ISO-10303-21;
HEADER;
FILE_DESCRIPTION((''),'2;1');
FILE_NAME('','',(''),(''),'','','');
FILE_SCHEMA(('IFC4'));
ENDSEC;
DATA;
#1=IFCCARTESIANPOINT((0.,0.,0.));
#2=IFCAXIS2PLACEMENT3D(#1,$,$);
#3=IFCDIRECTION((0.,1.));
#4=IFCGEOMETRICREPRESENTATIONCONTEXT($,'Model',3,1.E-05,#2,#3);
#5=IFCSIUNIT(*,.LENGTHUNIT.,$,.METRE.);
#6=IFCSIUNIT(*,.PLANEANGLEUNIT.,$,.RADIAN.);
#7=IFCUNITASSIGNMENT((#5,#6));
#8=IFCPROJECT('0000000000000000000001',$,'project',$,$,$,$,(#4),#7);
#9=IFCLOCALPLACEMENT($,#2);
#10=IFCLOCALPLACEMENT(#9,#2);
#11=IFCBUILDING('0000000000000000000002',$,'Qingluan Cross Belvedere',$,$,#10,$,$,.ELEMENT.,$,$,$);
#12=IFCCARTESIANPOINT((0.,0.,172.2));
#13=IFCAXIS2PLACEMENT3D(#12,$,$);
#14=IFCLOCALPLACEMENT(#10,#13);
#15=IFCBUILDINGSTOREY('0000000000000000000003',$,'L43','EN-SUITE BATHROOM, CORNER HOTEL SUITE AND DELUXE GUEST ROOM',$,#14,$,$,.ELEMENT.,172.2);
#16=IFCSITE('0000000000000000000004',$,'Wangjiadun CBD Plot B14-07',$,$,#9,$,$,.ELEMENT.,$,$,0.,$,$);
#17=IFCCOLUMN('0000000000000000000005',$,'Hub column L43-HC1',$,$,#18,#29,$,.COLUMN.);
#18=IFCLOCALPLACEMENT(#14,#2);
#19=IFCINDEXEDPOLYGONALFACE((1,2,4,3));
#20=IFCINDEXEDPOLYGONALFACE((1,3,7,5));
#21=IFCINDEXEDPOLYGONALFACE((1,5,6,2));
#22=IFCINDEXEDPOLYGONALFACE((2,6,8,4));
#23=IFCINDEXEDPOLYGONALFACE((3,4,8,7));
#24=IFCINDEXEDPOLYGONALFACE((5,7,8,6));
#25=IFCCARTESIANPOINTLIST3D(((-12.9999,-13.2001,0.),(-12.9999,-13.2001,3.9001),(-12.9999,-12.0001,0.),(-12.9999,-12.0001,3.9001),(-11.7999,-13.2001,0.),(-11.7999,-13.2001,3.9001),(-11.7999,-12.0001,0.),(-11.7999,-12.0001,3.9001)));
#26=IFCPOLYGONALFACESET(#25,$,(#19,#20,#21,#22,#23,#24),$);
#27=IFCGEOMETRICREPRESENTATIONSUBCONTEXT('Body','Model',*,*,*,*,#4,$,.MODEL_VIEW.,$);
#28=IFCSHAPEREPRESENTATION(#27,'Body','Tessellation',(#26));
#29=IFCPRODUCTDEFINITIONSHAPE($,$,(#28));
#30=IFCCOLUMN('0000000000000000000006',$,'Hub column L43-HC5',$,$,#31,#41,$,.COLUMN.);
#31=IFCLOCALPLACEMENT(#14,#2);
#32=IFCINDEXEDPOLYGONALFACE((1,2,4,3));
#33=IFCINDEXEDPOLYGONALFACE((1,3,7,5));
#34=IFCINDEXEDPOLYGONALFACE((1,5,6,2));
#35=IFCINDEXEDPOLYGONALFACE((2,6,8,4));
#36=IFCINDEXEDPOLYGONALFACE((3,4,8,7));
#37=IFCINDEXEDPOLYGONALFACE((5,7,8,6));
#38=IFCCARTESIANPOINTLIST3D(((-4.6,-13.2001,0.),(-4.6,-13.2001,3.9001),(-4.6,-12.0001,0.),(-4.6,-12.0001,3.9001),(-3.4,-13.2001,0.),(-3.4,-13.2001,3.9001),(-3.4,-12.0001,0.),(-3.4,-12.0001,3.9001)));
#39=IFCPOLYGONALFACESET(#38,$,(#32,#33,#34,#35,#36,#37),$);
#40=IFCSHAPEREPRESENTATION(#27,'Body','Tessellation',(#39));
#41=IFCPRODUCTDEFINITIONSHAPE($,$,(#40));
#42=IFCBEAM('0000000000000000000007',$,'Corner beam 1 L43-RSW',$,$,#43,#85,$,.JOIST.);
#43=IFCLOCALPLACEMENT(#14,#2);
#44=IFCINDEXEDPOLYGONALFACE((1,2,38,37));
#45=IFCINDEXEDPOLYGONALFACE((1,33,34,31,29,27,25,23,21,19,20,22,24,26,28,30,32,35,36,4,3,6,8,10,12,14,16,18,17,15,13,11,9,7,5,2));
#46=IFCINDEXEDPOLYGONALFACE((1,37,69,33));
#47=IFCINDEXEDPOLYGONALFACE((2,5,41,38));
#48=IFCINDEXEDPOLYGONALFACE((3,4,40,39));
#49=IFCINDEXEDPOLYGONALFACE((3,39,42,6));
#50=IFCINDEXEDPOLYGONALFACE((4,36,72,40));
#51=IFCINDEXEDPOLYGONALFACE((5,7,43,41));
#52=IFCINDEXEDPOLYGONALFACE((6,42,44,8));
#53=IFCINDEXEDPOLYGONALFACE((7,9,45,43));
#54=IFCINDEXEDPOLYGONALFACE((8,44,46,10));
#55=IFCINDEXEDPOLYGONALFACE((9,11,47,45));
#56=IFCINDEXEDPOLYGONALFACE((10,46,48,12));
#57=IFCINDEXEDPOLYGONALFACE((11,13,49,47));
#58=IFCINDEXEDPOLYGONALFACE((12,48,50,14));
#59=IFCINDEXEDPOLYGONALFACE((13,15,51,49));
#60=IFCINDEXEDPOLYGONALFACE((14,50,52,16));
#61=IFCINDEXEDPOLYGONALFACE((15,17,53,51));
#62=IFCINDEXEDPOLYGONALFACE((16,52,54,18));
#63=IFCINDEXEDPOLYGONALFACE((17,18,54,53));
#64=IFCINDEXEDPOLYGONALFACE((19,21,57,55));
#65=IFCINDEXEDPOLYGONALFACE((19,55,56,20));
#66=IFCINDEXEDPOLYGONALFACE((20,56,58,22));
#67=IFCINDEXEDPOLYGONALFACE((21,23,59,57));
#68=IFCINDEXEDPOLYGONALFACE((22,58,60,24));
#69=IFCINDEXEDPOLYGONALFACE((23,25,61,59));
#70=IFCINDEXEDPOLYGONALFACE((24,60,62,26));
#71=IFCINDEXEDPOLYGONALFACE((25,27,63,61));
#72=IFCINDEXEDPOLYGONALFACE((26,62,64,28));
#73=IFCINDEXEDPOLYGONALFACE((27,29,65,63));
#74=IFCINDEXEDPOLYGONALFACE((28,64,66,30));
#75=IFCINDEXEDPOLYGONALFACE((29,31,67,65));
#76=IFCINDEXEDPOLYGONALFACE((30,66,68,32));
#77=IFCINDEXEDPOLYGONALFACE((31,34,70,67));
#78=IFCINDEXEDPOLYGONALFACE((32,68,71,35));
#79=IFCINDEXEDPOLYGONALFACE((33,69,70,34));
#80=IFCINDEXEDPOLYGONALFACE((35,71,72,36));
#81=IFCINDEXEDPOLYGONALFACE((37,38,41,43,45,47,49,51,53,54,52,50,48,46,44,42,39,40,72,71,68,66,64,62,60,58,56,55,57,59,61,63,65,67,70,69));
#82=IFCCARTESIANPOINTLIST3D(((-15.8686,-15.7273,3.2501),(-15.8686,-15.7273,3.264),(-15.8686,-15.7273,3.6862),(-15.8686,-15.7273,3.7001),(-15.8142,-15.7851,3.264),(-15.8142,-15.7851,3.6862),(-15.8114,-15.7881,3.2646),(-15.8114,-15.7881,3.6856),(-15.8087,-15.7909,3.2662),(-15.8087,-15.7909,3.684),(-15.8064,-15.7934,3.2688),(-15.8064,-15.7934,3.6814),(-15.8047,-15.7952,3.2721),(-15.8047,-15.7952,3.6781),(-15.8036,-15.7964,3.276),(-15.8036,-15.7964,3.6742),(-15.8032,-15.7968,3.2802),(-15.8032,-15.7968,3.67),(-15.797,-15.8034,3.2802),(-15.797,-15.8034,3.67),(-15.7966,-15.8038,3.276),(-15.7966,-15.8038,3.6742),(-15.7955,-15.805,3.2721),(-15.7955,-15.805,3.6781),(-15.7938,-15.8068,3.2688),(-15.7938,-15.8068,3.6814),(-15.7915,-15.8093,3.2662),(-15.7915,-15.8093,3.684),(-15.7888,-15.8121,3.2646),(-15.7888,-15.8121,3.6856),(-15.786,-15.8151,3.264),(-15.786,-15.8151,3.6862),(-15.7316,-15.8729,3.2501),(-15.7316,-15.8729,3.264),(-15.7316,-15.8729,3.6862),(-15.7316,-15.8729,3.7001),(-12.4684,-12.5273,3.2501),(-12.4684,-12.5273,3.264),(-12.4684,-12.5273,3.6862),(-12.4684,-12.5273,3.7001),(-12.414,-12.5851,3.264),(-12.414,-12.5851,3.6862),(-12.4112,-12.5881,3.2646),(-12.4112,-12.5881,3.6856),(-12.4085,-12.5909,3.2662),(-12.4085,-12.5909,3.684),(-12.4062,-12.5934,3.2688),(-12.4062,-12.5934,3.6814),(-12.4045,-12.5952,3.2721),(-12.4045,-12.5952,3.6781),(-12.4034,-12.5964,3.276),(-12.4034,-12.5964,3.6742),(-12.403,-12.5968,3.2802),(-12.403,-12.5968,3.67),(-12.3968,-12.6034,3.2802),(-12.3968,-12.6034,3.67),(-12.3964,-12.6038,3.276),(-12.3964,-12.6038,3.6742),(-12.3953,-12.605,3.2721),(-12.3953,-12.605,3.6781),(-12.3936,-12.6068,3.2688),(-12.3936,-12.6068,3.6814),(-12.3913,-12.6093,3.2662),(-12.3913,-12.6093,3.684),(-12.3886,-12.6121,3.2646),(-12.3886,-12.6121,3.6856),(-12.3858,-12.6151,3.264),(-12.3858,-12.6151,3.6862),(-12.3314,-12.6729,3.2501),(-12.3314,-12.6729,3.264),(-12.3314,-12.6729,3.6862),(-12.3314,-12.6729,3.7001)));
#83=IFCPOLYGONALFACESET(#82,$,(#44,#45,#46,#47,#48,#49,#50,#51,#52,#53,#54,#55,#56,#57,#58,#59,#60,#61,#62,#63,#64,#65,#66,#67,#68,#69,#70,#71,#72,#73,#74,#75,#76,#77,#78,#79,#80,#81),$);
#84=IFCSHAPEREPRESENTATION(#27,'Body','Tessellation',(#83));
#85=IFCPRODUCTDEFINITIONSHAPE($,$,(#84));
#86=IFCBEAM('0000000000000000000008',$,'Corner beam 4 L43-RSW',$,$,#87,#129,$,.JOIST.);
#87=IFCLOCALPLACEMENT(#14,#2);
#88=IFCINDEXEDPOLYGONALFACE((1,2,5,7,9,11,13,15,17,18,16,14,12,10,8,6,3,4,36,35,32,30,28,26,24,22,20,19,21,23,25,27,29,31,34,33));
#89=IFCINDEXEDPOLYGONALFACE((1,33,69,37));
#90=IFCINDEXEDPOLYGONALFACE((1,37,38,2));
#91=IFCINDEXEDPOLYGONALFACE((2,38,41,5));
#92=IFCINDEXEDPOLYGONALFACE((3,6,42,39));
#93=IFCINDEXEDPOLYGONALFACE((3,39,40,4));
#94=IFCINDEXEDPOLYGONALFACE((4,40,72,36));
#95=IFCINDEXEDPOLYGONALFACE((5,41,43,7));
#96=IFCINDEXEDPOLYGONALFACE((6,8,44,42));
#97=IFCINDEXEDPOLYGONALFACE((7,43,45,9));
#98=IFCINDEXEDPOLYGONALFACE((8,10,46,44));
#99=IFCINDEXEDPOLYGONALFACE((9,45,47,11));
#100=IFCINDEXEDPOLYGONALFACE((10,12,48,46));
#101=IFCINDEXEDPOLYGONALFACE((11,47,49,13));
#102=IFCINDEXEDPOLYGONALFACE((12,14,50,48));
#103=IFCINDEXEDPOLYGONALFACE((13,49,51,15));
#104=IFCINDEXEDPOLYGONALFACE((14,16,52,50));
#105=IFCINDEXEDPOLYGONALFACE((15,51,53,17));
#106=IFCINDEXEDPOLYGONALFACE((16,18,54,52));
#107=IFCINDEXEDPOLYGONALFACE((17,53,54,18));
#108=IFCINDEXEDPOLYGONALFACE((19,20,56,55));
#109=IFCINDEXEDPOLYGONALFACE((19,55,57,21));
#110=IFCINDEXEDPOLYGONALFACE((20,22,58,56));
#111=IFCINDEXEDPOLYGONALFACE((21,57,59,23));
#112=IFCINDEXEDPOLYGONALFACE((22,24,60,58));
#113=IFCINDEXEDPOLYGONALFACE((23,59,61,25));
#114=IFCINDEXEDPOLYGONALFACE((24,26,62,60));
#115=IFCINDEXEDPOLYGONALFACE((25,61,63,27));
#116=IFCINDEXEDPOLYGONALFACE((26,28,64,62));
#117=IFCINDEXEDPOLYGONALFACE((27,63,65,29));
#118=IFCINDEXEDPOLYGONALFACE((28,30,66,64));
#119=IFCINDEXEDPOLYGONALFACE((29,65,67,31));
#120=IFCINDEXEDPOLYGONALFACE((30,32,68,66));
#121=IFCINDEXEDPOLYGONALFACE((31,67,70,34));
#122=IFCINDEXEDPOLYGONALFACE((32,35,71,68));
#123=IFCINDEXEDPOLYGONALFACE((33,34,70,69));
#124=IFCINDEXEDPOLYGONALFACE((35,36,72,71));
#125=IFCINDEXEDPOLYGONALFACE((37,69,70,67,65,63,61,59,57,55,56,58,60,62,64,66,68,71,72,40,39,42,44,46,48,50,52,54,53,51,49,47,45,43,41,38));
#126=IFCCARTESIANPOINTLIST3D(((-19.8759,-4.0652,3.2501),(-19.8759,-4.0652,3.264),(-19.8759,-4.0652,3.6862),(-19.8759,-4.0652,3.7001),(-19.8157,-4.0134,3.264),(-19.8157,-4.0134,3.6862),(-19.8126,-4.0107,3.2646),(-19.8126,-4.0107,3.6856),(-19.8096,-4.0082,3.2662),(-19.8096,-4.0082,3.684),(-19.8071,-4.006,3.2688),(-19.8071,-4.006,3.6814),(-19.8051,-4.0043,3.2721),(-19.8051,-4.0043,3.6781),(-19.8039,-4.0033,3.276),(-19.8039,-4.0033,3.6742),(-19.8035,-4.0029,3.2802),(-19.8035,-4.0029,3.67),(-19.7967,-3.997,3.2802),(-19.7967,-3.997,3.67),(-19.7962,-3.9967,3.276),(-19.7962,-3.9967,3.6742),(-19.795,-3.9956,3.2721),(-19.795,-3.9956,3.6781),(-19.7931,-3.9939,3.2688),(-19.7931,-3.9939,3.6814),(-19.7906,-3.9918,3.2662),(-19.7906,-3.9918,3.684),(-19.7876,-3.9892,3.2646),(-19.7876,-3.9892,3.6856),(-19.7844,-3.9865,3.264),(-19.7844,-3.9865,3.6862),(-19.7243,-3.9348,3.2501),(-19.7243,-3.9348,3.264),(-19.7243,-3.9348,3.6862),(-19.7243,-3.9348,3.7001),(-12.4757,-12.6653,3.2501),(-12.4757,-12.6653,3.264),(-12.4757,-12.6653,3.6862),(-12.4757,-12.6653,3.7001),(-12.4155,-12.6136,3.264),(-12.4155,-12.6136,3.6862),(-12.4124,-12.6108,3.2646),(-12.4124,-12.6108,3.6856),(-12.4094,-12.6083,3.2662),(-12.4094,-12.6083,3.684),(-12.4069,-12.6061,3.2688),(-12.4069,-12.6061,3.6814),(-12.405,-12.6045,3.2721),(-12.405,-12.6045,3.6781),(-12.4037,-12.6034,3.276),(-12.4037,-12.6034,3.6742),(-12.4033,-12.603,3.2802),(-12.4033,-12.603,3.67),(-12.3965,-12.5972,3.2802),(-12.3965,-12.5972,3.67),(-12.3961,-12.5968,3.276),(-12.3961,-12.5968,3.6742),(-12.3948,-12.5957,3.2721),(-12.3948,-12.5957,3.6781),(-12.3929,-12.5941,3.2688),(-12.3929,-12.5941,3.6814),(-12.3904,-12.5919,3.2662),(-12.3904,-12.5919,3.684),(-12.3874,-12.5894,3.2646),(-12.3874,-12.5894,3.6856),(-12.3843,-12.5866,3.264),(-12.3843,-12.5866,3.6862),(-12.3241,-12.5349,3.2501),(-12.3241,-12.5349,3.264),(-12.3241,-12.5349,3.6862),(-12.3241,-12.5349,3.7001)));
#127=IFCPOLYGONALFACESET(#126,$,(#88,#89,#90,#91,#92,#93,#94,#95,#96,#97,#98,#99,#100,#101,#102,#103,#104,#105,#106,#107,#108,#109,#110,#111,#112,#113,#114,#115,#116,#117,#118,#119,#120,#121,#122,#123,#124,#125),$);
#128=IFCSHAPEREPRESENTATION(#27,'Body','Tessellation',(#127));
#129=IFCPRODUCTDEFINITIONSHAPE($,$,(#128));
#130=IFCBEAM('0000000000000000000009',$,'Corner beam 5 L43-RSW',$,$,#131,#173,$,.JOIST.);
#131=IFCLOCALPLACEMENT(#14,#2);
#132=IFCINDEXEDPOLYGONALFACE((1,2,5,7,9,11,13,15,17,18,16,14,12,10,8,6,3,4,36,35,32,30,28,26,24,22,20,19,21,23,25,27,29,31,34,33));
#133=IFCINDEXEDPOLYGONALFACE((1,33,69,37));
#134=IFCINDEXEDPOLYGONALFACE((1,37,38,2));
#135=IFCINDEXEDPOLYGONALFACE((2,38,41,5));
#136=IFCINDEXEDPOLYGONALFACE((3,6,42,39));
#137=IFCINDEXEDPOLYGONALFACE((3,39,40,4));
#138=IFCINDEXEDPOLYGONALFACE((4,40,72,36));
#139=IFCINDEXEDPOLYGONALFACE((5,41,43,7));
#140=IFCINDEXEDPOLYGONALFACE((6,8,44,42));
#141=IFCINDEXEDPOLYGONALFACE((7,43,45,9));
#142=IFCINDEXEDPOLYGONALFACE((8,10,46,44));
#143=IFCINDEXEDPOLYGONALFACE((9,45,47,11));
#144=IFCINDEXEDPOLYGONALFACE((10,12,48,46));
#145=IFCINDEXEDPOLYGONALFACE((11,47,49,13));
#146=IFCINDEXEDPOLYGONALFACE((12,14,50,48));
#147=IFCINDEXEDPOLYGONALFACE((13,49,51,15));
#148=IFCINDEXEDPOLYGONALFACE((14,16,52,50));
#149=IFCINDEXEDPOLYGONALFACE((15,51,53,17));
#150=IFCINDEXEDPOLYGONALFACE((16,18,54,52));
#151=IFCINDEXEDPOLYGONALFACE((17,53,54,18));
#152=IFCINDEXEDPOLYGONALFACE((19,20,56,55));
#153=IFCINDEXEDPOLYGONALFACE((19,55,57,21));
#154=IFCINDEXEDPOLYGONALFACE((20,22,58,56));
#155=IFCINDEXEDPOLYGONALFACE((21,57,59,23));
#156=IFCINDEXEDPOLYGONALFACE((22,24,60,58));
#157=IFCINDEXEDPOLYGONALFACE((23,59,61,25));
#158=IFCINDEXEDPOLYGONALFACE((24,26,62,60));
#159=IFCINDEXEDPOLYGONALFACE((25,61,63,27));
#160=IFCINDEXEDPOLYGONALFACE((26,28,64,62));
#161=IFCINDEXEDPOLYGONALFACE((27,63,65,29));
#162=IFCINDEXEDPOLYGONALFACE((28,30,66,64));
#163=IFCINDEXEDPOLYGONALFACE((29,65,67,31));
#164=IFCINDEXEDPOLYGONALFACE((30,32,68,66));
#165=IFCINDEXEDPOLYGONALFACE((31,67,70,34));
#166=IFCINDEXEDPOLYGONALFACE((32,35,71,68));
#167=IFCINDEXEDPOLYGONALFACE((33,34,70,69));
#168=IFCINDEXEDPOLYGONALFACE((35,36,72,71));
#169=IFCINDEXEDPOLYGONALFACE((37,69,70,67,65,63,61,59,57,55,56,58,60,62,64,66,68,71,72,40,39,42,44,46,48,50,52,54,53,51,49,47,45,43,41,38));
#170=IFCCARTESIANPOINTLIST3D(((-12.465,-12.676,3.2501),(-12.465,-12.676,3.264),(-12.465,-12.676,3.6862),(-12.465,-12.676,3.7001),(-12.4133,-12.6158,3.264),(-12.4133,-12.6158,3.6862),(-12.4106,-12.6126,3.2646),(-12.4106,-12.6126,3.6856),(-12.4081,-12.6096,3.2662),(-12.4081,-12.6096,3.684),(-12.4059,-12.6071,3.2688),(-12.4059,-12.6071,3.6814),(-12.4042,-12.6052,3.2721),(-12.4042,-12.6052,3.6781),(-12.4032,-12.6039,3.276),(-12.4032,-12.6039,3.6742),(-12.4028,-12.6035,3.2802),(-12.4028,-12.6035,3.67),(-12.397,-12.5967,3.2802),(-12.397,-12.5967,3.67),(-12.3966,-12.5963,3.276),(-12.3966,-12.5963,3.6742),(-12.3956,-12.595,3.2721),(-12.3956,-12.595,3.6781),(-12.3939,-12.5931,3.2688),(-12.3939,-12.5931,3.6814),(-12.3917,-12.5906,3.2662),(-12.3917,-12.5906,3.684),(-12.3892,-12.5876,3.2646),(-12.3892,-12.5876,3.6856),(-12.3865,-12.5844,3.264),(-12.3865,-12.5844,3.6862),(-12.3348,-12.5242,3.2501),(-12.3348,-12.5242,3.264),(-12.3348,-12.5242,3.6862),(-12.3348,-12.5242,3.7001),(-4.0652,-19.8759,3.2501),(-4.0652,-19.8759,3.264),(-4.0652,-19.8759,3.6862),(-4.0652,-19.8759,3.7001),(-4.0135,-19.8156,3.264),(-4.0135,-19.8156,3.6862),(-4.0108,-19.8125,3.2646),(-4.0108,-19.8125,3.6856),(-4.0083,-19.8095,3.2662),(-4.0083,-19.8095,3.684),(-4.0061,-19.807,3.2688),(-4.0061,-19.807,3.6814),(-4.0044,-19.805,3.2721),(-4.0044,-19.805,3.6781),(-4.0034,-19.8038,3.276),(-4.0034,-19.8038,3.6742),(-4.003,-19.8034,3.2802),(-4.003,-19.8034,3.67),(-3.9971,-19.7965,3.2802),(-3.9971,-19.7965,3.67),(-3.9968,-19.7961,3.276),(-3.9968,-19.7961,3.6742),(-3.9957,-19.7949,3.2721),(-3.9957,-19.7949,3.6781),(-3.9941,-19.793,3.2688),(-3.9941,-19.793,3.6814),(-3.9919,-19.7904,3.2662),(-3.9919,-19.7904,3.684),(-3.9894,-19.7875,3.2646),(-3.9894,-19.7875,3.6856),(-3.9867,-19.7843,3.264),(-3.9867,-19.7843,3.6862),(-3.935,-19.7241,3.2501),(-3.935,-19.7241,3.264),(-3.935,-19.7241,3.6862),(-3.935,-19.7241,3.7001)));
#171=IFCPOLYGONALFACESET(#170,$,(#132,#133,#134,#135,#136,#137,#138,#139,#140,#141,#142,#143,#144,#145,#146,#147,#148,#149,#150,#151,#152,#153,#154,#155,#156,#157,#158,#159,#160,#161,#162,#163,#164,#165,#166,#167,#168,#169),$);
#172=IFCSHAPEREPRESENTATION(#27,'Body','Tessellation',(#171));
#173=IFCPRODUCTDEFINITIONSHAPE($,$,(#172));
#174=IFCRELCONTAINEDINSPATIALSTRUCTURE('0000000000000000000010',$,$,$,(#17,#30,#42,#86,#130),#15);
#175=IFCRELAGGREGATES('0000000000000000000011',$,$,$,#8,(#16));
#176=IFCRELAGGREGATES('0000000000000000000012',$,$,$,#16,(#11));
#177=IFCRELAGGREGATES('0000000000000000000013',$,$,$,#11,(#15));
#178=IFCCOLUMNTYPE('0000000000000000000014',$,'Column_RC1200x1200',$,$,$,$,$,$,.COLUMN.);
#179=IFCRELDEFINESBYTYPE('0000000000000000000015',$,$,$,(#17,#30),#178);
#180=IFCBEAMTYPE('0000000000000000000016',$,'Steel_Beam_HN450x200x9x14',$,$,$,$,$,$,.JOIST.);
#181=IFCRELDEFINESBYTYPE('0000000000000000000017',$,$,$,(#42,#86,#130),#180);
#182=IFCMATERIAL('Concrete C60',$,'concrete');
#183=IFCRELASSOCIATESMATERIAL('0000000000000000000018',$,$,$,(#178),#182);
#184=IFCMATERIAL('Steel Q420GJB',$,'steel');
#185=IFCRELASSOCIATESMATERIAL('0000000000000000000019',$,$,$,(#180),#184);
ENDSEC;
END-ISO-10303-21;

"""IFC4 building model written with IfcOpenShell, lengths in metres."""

from ifc_helpers import new_model, si_unit, direction, frame, origin, origin_2d, place, context, subcontext, project, spatial, rectangle, i_section, extrude, material, material_profile, profile_set, type_object, element, save


model = new_model("IFC4")

# Units and contexts
model_context = context("Model", 3, precision=1e-05, world=origin(), true_north=direction((0.0, 1.0)))
body_context = subcontext(model_context, "Body", "Model", "MODEL_VIEW")
ifc_project = project(units=[si_unit("LENGTHUNIT", "METRE"), si_unit("PLANEANGLEUNIT", "RADIAN")], contexts=[model_context])

# Site, building, storey
site_placement = place(None, origin())
site = spatial("IfcSite", under=ifc_project, at=site_placement, Name="Wangjiadun CBD Plot B14-07", CompositionType="ELEMENT", RefElevation=0.0)
building_placement = place(site_placement, origin())
building = spatial("IfcBuilding", under=site, at=building_placement, Name="Qingluan Cross Belvedere", CompositionType="ELEMENT")
storey_placement = place(building_placement, frame((0.0, 0.0, 172.2)))
storey = spatial("IfcBuildingStorey", under=building, at=storey_placement, Name="L43", Description="EN-SUITE BATHROOM, CORNER HOTEL SUITE AND DELUXE GUEST ROOM", CompositionType="ELEMENT", Elevation=172.2)

# Columns
ifc_material_1 = material(Name="Concrete C60", Category="concrete")
ifc_material_profile_1 = material_profile(ifc_material_1, rectangle(XDim=1.2, YDim=1.2, at=origin_2d()), Name="RC1200x1200")
ifc_profile_set_1 = profile_set([ifc_material_profile_1], Name="Concrete C60")
column_type = type_object("IfcColumnType", Name="Column_RC1200x1200", PredefinedType="COLUMN", material=ifc_profile_set_1)
for number, where, z_axis, x_axis, name in (
    (1, (-12.3999, -12.6001, 0.0), (0.0, 0.0, 1.0), (1.0, 0.0, 0.0), "Hub column L43-HC1"),
    (2, (-4.0, -12.6001, 0.0), (0.0, 0.0, 1.0), (1.0, 0.0, 0.0), "Hub column L43-HC5"),
):
    element("IfcColumn", number, at=place(storey_placement, frame(where, z_axis=z_axis, x_axis=x_axis)), inside=storey, type_object=column_type, Name=name, PredefinedType="COLUMN", context=body_context, shape_type="SweptSolid", body=[
        extrude(rectangle(XDim=1.2, YDim=1.2, at=origin_2d()), origin(), (0.0, 0.0, 1.0), 3.9001),
    ])

# Beams
ifc_material_2 = material(Name="Steel Q420GJB", Category="steel")
ifc_material_profile_2 = material_profile(ifc_material_2, i_section(OverallWidth=0.2, OverallDepth=0.45, WebThickness=0.009, FlangeThickness=0.0139, FilletRadius=0.0161, at=origin_2d()), Name="HN450x200x9x14")
ifc_profile_set_2 = profile_set([ifc_material_profile_2], Name="Steel Q420GJB")
beam_type_1 = type_object("IfcBeamType", Name="Steel_Beam_HN450x200x9x14", PredefinedType="JOIST", material=ifc_profile_set_2)
beam_1_placement = place(storey_placement, frame((-12.3999, -12.6001, 3.4751), z_axis=(-0.72822, -0.685343, 0.0), x_axis=(0.685343, -0.72822, 0.0)))
element("IfcBeam", 3, at=beam_1_placement, inside=storey, type_object=beam_type_1, Name="Corner beam 1 L43-RSW", PredefinedType="JOIST", context=body_context, shape_type="SweptSolid", body=[
    extrude(i_section(OverallWidth=0.2, OverallDepth=0.45, WebThickness=0.009, FlangeThickness=0.0139, FilletRadius=0.0161, at=origin_2d()), origin(), (0.0, 0.0, 1.0), 4.6692),
])
beam_2_placement = place(storey_placement, frame((-12.3999, -12.6001, 3.4751), z_axis=(-0.652245, 0.758008, 0.0), x_axis=(-0.758008, -0.652245, 0.0)))
element("IfcBeam", 4, at=beam_2_placement, inside=storey, type_object=beam_type_1, Name="Corner beam 4 L43-RSW", PredefinedType="JOIST", context=body_context, shape_type="SweptSolid", body=[
    extrude(i_section(OverallWidth=0.2, OverallDepth=0.45, WebThickness=0.009, FlangeThickness=0.0139, FilletRadius=0.0161, at=origin_2d()), origin(), (0.0, 0.0, 1.0), 11.3457),
])
beam_3_placement = place(storey_placement, frame((-12.3999, -12.6001, 3.4751), z_axis=(0.759255, -0.650793, 0.0), x_axis=(0.650793, 0.759255, 0.0)))
element("IfcBeam", 5, at=beam_3_placement, inside=storey, type_object=beam_type_1, Name="Corner beam 5 L43-RSW", PredefinedType="JOIST", context=body_context, shape_type="SweptSolid", body=[
    extrude(i_section(OverallWidth=0.2, OverallDepth=0.45, WebThickness=0.009, FlangeThickness=0.0139, FilletRadius=0.0161, at=origin_2d()), origin(), (0.0, 0.0, 1.0), 11.0632),
])

save(model, "model.ifc")
